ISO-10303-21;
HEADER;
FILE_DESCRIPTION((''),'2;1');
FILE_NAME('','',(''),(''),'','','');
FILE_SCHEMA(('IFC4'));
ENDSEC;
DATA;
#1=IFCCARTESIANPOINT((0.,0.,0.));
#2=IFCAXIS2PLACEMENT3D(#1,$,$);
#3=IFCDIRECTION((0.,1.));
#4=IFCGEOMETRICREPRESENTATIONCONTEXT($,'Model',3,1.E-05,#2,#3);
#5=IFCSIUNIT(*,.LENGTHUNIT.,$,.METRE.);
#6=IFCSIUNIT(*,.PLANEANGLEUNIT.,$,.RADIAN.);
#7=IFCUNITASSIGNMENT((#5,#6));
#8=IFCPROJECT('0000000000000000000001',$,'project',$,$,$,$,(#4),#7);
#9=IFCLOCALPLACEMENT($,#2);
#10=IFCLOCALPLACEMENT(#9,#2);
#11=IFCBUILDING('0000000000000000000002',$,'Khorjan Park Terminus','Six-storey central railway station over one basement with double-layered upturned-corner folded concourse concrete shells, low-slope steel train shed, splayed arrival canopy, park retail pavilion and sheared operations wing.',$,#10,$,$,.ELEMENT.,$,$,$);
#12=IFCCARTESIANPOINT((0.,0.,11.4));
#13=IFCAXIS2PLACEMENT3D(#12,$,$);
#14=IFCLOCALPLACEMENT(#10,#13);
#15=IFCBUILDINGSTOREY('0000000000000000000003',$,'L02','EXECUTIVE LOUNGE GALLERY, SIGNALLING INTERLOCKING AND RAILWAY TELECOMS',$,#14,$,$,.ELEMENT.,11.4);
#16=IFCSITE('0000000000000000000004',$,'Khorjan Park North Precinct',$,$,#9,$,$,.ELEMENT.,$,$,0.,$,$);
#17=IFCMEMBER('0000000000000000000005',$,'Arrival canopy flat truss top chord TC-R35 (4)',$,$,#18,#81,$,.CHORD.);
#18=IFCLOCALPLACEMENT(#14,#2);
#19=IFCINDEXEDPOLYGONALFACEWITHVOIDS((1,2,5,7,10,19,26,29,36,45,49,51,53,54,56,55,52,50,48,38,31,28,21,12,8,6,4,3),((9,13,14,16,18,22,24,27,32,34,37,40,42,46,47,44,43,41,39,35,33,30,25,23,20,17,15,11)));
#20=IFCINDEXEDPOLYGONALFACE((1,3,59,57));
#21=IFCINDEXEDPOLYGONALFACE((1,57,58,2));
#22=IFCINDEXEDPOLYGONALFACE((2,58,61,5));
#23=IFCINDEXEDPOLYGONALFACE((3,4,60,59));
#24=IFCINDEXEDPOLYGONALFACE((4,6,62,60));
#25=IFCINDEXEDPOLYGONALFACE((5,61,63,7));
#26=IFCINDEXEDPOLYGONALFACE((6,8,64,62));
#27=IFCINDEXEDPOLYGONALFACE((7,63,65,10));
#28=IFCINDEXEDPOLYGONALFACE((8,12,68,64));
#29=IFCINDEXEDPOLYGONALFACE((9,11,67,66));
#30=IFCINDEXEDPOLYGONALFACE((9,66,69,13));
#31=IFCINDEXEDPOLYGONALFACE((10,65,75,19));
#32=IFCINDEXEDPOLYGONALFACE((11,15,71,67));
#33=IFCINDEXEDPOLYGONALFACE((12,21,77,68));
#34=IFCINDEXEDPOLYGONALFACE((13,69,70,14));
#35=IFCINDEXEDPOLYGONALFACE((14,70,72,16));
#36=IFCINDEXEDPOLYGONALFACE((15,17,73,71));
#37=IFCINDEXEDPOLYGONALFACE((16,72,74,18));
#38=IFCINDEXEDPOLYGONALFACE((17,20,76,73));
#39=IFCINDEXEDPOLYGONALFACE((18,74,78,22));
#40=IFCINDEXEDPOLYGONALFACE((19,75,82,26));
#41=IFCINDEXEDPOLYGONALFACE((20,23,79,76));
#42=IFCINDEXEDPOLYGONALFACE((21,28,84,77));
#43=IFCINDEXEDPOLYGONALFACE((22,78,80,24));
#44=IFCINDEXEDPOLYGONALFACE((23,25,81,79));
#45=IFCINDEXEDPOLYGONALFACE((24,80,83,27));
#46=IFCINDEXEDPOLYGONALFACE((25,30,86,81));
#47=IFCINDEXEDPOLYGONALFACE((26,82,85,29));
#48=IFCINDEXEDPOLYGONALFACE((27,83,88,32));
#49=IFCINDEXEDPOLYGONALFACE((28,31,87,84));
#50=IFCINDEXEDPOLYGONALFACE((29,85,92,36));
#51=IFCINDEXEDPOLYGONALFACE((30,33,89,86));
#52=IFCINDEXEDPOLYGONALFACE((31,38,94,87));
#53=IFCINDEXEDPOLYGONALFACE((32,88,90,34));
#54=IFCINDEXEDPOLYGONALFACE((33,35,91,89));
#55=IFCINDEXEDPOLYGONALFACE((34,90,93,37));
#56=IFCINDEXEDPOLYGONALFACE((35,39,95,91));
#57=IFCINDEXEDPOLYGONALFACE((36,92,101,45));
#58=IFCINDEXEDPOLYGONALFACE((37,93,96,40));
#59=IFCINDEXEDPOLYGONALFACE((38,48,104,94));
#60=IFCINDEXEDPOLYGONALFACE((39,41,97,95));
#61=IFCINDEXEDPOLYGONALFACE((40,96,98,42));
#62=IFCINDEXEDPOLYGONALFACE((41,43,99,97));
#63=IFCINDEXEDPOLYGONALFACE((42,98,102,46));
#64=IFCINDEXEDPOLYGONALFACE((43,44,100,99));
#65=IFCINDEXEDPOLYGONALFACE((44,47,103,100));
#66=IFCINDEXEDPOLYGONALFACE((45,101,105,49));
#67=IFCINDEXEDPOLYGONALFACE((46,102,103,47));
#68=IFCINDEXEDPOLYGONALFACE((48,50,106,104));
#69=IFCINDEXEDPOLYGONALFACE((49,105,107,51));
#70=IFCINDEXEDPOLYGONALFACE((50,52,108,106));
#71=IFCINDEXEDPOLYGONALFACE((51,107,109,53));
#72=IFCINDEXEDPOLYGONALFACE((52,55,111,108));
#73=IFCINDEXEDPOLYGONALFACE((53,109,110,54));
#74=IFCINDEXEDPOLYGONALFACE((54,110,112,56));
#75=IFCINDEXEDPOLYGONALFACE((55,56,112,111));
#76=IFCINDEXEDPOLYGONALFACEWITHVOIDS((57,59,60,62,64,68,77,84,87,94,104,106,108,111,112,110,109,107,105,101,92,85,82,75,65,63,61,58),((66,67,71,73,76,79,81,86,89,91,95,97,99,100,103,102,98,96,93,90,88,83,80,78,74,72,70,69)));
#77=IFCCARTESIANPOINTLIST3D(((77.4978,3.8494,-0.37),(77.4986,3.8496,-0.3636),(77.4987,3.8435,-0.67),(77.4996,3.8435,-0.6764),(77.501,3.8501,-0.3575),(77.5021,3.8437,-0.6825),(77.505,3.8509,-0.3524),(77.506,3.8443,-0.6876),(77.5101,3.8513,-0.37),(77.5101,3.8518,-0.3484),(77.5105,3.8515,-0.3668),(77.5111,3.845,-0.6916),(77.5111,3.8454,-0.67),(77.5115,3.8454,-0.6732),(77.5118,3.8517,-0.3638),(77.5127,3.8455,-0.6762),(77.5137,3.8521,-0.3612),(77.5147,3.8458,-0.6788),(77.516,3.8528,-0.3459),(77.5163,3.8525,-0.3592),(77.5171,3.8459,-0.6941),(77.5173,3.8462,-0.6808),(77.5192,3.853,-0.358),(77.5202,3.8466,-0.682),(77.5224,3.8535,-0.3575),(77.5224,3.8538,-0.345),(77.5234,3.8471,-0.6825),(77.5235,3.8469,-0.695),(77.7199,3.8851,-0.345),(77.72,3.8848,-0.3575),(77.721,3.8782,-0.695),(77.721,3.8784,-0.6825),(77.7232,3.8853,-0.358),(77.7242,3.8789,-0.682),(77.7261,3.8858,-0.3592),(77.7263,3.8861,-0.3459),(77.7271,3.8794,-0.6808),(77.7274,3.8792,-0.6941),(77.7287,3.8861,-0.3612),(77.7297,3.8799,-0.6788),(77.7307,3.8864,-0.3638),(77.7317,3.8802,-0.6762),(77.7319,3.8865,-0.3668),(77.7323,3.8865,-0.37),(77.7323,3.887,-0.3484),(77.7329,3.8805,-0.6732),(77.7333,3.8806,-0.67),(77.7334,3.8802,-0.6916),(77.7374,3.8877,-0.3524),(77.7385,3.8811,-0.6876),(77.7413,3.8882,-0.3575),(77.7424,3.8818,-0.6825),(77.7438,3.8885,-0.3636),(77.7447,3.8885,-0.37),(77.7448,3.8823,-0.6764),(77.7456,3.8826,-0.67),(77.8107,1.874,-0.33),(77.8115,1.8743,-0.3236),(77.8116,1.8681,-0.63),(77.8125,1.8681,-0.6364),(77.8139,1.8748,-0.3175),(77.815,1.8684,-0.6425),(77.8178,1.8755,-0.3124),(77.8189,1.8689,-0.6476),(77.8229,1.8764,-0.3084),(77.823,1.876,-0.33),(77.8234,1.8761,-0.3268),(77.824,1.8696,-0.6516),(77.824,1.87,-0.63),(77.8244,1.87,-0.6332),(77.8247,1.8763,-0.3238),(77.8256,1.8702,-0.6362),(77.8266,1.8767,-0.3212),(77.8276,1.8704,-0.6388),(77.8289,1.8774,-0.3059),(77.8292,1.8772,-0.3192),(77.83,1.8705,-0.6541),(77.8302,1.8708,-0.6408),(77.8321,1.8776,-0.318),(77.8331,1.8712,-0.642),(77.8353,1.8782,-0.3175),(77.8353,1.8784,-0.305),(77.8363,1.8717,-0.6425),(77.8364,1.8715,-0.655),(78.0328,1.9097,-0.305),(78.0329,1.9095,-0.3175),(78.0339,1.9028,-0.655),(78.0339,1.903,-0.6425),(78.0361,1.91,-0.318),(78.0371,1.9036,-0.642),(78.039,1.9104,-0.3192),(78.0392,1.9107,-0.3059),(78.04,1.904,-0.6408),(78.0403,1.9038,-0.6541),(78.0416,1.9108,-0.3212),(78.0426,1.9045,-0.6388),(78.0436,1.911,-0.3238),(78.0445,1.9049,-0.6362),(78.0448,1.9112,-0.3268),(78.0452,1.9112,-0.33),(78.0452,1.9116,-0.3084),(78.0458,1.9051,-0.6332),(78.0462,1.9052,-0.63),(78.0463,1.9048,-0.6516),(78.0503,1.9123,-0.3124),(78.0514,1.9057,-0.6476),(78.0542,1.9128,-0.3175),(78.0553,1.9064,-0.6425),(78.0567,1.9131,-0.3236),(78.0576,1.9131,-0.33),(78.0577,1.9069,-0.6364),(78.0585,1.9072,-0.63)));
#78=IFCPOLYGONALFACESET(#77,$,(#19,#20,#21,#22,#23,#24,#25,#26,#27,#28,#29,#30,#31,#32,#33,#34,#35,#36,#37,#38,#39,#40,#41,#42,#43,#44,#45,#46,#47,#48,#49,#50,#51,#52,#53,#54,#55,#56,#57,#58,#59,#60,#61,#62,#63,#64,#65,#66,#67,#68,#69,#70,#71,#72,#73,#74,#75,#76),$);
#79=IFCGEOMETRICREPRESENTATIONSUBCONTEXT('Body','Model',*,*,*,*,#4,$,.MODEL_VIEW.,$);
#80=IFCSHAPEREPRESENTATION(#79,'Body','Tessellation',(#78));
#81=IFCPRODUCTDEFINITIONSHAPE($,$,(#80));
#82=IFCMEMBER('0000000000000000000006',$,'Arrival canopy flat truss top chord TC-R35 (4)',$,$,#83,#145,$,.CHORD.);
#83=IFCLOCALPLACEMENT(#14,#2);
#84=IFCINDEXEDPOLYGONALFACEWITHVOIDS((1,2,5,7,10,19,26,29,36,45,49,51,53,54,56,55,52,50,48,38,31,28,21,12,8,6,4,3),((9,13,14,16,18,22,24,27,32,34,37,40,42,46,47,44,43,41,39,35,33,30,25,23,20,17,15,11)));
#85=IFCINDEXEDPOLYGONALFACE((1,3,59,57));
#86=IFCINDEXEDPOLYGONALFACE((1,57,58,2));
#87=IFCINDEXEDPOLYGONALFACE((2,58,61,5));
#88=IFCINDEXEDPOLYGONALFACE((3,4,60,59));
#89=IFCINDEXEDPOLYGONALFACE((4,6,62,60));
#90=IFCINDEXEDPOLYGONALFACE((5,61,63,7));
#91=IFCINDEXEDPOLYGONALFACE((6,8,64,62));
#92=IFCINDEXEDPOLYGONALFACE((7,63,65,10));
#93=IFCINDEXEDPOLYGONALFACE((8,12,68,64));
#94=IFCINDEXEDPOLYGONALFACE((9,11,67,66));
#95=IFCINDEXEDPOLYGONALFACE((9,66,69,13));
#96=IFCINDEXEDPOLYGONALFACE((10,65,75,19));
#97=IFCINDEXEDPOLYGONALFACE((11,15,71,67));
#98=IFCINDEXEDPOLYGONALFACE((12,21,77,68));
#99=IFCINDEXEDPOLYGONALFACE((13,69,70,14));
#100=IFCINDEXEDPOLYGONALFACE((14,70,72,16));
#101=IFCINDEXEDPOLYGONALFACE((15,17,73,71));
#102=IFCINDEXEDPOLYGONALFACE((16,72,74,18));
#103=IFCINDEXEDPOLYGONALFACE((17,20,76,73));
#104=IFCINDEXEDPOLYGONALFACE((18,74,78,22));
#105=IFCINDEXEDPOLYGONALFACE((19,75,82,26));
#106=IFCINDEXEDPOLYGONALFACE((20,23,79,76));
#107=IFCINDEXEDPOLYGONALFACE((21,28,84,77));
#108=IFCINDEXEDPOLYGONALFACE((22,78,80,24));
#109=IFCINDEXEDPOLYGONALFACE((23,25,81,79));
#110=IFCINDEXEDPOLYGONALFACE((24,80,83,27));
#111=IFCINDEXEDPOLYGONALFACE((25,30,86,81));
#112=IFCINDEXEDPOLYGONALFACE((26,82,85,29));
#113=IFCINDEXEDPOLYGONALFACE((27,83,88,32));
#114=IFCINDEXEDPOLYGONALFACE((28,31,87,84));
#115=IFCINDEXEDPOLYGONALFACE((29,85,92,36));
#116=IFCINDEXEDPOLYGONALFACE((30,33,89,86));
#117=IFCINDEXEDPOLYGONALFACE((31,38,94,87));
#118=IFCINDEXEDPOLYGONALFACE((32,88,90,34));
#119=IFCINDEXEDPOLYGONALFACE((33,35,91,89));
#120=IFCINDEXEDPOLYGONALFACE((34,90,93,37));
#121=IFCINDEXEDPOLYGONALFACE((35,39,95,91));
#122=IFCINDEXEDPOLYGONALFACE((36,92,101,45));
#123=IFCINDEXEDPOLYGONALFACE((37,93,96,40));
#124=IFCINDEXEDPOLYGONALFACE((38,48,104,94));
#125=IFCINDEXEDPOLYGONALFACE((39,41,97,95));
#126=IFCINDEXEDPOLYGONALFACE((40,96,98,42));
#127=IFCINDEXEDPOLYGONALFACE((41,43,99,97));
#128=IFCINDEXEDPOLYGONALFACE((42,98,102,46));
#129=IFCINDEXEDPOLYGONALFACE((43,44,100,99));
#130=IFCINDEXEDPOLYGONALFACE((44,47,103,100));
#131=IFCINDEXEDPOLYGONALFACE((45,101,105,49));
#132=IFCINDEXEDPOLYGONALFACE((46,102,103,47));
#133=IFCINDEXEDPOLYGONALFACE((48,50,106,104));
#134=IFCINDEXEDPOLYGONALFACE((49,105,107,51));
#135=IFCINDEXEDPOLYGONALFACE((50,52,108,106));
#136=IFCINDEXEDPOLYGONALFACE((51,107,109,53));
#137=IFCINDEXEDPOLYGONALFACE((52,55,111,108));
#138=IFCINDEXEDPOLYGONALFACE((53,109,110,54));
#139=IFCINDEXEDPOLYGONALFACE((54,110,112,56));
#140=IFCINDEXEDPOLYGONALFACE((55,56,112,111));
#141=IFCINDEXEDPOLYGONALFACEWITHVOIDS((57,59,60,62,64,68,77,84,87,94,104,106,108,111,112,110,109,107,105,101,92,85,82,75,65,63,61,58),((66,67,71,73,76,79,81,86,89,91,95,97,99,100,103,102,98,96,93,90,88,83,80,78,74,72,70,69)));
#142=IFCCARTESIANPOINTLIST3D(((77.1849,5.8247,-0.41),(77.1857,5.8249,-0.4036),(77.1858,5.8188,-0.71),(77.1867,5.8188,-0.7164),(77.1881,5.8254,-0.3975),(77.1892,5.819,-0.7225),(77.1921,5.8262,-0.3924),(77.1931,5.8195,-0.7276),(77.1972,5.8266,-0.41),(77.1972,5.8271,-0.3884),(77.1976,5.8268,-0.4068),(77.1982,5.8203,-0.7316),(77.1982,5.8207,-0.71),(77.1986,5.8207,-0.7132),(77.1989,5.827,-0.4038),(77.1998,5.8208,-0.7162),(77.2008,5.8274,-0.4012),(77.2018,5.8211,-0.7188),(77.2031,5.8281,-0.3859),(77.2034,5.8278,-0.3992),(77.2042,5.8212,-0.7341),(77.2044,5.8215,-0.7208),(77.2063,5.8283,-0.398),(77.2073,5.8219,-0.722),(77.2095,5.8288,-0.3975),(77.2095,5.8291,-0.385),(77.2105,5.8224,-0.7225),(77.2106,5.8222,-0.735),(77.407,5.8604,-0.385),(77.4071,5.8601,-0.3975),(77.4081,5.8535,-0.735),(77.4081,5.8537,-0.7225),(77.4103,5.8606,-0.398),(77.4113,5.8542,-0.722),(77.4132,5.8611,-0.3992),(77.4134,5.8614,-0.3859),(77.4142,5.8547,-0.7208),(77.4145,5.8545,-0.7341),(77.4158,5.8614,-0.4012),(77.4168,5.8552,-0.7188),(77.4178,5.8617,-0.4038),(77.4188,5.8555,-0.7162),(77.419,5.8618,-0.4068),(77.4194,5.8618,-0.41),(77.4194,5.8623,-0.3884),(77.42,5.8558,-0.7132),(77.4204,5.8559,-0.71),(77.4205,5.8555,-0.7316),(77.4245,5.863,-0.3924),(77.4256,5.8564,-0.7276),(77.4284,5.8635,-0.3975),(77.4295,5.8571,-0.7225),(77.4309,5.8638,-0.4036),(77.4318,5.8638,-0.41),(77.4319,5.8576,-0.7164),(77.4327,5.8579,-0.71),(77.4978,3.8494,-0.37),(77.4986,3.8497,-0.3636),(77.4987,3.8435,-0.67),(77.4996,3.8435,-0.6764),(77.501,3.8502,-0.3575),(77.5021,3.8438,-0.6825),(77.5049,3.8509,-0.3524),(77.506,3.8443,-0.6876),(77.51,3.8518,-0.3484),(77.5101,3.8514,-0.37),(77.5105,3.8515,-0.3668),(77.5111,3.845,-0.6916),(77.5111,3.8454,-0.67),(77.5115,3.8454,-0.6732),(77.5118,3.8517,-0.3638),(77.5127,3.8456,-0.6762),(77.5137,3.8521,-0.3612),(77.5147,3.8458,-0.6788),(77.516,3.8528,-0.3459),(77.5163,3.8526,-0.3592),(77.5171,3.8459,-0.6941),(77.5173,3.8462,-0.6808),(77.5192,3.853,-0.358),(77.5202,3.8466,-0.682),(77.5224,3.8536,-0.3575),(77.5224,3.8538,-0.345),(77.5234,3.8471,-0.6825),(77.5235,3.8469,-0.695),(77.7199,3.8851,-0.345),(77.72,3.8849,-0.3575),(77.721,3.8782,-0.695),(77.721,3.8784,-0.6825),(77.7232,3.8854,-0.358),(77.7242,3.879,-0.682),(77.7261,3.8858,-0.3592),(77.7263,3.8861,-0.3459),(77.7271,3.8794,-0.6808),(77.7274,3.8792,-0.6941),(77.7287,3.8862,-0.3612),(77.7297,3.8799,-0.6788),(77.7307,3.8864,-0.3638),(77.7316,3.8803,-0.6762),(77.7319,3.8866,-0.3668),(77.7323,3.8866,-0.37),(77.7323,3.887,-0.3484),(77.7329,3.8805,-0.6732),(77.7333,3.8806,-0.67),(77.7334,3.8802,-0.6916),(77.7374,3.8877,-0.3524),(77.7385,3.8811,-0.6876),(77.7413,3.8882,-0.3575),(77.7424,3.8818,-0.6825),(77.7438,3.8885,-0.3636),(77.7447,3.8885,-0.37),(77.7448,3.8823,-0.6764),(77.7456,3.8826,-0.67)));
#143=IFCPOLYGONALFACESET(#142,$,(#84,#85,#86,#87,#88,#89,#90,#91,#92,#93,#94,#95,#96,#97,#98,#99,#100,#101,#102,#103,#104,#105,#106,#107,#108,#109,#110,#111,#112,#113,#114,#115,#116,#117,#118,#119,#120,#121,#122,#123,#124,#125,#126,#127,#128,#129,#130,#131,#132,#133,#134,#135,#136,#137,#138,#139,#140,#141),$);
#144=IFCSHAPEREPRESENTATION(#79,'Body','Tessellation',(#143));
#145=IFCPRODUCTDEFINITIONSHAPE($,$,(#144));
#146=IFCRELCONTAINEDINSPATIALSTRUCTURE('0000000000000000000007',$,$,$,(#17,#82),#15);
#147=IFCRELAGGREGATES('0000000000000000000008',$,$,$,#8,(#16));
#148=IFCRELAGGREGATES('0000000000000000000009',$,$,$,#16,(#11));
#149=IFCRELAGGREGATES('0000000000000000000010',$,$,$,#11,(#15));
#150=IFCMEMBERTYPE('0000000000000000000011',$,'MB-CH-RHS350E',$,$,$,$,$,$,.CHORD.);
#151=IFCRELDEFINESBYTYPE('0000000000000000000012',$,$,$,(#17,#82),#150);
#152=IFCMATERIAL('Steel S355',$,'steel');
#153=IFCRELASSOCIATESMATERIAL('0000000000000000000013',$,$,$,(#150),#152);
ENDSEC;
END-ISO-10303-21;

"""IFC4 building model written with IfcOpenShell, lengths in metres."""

from ifc_helpers import new_model, si_unit, direction, frame, origin, origin_2d, place, context, subcontext, project, spatial, hollow_rectangle, extrude, material, material_profile, profile_set, type_object, element, save


model = new_model("IFC4")

# Units and contexts
model_context = context("Model", 3, precision=1e-05, world=origin(), true_north=direction((0.0, 1.0)))
body_context = subcontext(model_context, "Body", "Model", "MODEL_VIEW")
ifc_project = project(units=[si_unit("LENGTHUNIT", "METRE"), si_unit("PLANEANGLEUNIT", "RADIAN")], contexts=[model_context])

# Site, building, storey
site_placement = place(None, origin())
site = spatial("IfcSite", under=ifc_project, at=site_placement, Name="Khorjan Park North Precinct", CompositionType="ELEMENT", RefElevation=0.0)
building_placement = place(site_placement, origin())
building = spatial("IfcBuilding", under=site, at=building_placement, Name="Khorjan Park Terminus", Description="Six-storey central railway station over one basement with double-layered upturned-corner folded concourse concrete shells, low-slope steel train shed, splayed arrival canopy, park retail pavilion and sheared operations wing.", CompositionType="ELEMENT")
storey_placement = place(building_placement, frame((0.0, 0.0, 11.4)))
storey = spatial("IfcBuildingStorey", under=building, at=storey_placement, Name="L02", Description="EXECUTIVE LOUNGE GALLERY, SIGNALLING INTERLOCKING AND RAILWAY TELECOMS", CompositionType="ELEMENT", Elevation=11.4)

# Members
ifc_material = material(Name="Steel S355", Category="steel")
ifc_material_profile_1 = material_profile(ifc_material, hollow_rectangle(XDim=0.25, YDim=0.35, WallThickness=0.0125, InnerFilletRadius=0.0125, OuterFilletRadius=0.025, at=origin_2d()), Name="RHS 350x250x12.5")
ifc_profile_set_1 = profile_set([ifc_material_profile_1], Name="Steel S355")
member_type_1 = type_object("IfcMemberType", Name="MB-CH-RHS350E", PredefinedType="CHORD", material=ifc_profile_set_1)
for number, where, z_axis, x_axis, name in (
    (1, (77.9346, 1.8906, -0.48), (-0.156417, 0.987489, -0.019996), (-0.987686, -0.156448, 0.0), "Arrival canopy flat truss top chord TC-R35 (4)"),
):
    element("IfcMember", number, at=place(storey_placement, frame(where, z_axis=z_axis, x_axis=x_axis)), inside=storey, type_object=member_type_1, Name=name, PredefinedType="CHORD", context=body_context, shape_type="SweptSolid", body=[
        extrude(hollow_rectangle(XDim=0.25, YDim=0.35, WallThickness=0.0125, InnerFilletRadius=0.0125, OuterFilletRadius=0.025, at=origin_2d()), origin(), (0.0, 0.0, 1.0), 2.0004),
    ])
member_1_placement = place(storey_placement, frame((77.6217, 3.866, -0.52), z_axis=(-0.156424, 0.987488, -0.019997), x_axis=(-0.987685, -0.156456, 0.0)))
element("IfcMember", 2, at=member_1_placement, inside=storey, type_object=member_type_1, Name="Arrival canopy flat truss top chord TC-R35 (4)", PredefinedType="CHORD", context=body_context, shape_type="SweptSolid", body=[
    extrude(hollow_rectangle(XDim=0.25, YDim=0.35, WallThickness=0.0125, InnerFilletRadius=0.0125, OuterFilletRadius=0.025, at=origin_2d()), origin(), (0.0, 0.0, 1.0), 2.0003),
])

save(model, "model.ifc")
